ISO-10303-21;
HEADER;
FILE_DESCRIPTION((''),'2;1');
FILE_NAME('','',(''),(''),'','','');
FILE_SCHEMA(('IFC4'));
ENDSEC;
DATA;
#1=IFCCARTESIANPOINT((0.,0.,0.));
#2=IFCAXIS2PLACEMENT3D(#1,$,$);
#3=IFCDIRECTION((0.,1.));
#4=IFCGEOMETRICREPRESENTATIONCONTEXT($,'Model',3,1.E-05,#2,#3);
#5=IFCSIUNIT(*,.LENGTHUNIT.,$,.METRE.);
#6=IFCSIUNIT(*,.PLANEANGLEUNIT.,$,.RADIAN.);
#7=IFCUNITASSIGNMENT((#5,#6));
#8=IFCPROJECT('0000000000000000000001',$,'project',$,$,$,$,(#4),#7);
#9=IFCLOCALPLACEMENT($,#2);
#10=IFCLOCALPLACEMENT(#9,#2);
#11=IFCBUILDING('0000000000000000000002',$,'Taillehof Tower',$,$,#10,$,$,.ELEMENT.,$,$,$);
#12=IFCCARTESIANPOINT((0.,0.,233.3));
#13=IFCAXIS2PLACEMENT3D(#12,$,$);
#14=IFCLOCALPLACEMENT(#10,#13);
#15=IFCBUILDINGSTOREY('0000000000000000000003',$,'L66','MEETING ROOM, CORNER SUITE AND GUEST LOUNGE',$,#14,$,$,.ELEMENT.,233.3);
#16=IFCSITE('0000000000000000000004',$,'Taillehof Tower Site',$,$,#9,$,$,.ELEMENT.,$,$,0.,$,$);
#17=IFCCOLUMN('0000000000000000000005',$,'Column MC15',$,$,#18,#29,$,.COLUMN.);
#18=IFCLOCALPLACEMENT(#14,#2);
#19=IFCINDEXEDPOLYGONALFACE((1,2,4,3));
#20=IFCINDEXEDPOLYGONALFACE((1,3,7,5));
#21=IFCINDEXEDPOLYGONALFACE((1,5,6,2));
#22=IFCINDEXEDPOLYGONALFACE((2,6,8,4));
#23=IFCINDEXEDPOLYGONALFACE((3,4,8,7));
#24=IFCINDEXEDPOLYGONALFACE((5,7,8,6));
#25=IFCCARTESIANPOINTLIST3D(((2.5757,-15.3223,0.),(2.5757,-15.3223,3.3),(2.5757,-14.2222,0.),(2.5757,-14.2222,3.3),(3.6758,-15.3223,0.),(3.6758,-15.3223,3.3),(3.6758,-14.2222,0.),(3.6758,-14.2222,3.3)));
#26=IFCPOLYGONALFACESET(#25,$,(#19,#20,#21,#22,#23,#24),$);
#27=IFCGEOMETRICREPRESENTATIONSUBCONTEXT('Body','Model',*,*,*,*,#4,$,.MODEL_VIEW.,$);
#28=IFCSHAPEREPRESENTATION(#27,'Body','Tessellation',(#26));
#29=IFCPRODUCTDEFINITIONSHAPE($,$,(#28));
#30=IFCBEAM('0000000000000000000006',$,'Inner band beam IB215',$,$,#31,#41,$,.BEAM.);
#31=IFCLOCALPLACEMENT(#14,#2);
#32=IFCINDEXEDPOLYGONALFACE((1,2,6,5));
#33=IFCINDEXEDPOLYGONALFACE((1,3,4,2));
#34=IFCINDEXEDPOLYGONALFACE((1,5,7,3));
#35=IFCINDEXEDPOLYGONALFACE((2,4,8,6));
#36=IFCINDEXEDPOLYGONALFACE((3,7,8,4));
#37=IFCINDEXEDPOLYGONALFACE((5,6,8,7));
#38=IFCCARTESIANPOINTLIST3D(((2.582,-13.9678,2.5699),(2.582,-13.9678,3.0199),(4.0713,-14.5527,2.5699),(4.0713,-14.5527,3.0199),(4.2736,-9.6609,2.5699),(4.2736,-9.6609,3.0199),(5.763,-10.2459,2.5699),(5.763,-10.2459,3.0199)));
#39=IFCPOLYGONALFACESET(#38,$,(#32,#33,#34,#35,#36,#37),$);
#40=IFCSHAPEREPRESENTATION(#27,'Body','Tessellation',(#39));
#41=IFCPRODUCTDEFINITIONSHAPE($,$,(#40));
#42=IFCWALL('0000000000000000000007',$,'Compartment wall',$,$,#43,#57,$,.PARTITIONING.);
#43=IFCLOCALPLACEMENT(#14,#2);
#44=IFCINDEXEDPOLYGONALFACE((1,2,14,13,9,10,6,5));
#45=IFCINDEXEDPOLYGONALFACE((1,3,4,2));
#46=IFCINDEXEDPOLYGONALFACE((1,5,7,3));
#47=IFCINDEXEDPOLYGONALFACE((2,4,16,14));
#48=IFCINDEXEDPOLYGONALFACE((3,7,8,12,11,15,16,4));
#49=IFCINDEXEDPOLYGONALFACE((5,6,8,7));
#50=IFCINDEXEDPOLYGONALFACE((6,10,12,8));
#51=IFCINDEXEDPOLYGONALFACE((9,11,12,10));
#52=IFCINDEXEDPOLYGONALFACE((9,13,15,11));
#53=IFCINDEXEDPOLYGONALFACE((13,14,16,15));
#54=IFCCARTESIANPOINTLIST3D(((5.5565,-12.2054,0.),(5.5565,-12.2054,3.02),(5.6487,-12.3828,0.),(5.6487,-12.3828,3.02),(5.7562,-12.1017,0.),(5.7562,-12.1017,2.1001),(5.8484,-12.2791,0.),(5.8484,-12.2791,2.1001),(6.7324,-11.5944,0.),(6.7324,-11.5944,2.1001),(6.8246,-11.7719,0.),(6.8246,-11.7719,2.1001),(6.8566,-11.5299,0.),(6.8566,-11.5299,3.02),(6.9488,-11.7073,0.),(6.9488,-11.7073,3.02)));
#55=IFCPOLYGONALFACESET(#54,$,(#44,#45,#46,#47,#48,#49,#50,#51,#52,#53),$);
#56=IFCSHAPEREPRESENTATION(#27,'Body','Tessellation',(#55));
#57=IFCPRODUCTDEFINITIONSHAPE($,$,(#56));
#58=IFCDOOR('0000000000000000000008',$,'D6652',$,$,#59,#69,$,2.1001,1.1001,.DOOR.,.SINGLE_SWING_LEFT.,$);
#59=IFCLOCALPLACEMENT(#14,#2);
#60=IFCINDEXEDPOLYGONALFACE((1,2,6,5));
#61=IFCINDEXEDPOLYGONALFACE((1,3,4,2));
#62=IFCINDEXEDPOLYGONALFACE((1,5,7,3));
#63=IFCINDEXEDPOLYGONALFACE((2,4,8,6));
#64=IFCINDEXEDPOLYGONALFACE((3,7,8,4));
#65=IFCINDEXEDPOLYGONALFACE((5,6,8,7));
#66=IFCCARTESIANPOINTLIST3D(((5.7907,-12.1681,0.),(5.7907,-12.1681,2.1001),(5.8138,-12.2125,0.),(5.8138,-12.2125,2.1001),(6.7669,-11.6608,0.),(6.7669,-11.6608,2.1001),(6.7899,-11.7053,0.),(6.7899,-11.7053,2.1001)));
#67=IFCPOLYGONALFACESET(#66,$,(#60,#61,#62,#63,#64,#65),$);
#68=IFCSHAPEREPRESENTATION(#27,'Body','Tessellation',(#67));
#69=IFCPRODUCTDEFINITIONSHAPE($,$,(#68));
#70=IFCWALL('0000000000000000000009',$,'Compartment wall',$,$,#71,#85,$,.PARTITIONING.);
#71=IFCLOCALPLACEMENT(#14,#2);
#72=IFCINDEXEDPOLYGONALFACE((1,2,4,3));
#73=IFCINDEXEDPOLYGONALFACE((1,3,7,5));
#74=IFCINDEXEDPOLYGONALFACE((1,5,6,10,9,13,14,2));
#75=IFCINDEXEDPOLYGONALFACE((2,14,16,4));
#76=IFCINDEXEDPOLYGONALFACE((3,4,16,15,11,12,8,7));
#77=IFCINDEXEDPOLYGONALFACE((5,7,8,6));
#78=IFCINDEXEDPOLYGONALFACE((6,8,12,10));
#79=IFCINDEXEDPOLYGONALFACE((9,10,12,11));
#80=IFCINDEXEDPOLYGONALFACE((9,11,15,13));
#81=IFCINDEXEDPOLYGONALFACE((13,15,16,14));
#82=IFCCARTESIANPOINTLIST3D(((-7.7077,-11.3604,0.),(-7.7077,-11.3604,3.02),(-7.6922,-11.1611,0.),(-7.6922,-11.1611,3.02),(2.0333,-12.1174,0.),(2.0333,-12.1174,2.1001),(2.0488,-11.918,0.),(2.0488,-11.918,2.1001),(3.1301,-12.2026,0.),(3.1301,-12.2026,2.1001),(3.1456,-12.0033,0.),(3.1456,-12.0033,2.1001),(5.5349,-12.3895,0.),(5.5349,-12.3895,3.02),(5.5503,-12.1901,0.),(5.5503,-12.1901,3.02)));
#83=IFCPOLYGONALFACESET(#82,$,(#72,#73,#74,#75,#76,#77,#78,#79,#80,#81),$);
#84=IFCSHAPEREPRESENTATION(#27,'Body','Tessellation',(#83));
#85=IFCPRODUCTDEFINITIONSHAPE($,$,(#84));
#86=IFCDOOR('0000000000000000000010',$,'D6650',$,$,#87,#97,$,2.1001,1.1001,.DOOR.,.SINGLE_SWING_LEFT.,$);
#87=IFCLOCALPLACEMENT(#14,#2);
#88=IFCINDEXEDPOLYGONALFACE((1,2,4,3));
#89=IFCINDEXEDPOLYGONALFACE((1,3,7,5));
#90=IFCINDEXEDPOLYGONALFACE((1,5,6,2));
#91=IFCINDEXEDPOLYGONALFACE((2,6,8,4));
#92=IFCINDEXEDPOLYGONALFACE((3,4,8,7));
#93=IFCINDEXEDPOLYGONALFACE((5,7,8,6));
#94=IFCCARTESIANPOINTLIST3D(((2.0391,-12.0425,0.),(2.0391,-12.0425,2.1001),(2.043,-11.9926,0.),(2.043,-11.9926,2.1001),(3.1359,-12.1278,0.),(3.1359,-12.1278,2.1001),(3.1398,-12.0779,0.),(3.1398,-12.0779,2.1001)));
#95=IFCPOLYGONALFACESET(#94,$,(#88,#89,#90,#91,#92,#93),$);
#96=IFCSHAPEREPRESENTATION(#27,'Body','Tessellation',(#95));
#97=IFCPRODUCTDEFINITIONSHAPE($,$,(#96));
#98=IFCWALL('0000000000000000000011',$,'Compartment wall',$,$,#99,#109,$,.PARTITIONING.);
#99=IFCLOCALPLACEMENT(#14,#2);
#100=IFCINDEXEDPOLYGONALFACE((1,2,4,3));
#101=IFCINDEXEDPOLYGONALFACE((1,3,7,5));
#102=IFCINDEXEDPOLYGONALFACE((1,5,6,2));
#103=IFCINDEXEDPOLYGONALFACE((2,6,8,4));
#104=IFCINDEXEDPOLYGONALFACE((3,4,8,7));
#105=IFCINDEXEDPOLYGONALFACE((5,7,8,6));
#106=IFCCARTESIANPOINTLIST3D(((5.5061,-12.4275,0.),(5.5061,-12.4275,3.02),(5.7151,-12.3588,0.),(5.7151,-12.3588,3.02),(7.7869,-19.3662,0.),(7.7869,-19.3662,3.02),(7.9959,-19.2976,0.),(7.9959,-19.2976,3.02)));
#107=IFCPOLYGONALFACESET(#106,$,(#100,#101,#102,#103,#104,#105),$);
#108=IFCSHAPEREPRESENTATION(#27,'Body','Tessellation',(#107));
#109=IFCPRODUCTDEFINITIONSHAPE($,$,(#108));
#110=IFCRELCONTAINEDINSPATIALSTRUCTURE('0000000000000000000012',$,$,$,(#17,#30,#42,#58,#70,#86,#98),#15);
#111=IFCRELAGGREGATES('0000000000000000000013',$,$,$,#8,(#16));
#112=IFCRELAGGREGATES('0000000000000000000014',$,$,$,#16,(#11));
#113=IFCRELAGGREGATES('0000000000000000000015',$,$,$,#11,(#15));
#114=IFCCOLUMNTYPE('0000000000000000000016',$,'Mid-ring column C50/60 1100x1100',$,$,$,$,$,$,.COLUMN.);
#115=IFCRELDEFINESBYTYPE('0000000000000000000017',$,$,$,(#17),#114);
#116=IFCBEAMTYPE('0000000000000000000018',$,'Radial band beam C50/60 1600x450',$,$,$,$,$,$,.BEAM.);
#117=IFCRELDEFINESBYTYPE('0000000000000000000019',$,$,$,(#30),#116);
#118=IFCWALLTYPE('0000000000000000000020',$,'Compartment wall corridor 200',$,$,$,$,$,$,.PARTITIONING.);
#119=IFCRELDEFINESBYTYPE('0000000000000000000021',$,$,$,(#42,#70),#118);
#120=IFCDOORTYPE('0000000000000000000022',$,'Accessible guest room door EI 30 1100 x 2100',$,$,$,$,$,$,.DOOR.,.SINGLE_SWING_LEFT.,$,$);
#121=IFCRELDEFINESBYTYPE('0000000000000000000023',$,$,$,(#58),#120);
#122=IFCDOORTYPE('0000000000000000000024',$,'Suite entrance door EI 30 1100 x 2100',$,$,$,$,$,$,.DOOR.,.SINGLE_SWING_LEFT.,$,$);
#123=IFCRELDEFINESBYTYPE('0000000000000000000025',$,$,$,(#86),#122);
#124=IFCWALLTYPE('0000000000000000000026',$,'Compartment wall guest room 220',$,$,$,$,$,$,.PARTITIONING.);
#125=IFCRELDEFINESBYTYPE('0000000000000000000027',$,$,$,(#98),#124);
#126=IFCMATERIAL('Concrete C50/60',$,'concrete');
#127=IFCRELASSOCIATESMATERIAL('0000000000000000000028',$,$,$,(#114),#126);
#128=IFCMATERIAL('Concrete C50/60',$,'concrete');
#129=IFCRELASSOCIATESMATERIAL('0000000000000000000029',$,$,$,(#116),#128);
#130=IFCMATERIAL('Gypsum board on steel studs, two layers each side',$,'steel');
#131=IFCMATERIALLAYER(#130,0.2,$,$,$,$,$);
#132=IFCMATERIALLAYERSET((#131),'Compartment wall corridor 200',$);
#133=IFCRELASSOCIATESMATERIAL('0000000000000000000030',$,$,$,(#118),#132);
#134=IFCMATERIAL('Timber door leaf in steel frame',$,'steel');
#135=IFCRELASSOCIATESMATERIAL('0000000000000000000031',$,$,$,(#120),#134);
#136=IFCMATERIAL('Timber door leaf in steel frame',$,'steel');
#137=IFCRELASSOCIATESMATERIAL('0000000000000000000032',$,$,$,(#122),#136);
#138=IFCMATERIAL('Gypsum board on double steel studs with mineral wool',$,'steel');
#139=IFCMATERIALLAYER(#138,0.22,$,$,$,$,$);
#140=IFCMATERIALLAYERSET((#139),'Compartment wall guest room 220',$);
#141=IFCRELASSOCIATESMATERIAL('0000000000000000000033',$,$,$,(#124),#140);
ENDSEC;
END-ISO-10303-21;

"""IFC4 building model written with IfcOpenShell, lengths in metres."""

from ifc_helpers import new_model, si_unit, direction, frame, frame_2d, origin, origin_2d, place, context, subcontext, project, spatial, rectangle, extrude, material, layer, layer_set, material_profile, profile_set, type_object, element, fill, save


model = new_model("IFC4")

# Units and contexts
model_context = context("Model", 3, precision=1e-05, world=origin(), true_north=direction((0.0, 1.0)))
body_context = subcontext(model_context, "Body", "Model", "MODEL_VIEW")
ifc_project = project(units=[si_unit("LENGTHUNIT", "METRE"), si_unit("PLANEANGLEUNIT", "RADIAN")], contexts=[model_context])

# Site, building, storey
site_placement = place(None, origin())
site = spatial("IfcSite", under=ifc_project, at=site_placement, Name="Taillehof Tower Site", CompositionType="ELEMENT", RefElevation=0.0)
building_placement = place(site_placement, origin())
building = spatial("IfcBuilding", under=site, at=building_placement, Name="Taillehof Tower", CompositionType="ELEMENT")
storey_placement = place(building_placement, frame((0.0, 0.0, 233.3)))
storey = spatial("IfcBuildingStorey", under=building, at=storey_placement, Name="L66", Description="MEETING ROOM, CORNER SUITE AND GUEST LOUNGE", CompositionType="ELEMENT", Elevation=233.3)

# Column
ifc_material_1 = material(Name="Concrete C50/60", Category="concrete")
ifc_material_profile_1 = material_profile(ifc_material_1, rectangle(XDim=1.1001, YDim=1.1001, at=origin_2d()), Name="RC 1100x1100")
ifc_profile_set_1 = profile_set([ifc_material_profile_1], Name="Concrete C50/60")
column_type = type_object("IfcColumnType", Name="Mid-ring column C50/60 1100x1100", PredefinedType="COLUMN", material=ifc_profile_set_1)
column_placement = place(storey_placement, frame((3.1257, -14.7722, 0.0), z_axis=(0.0, 0.0, 1.0), x_axis=(1.0, 0.0, 0.0)))
element("IfcColumn", 1, at=column_placement, inside=storey, type_object=column_type, Name="Column MC15", PredefinedType="COLUMN", context=body_context, shape_type="SweptSolid", body=[
    extrude(rectangle(XDim=1.1001, YDim=1.1001, at=origin_2d()), origin(), (0.0, 0.0, 1.0), 3.3),
])

# Beam
ifc_material_2 = material(Name="Concrete C50/60", Category="concrete")
ifc_material_profile_2 = material_profile(ifc_material_2, rectangle(XDim=1.6001, YDim=0.45, at=origin_2d()), Name="RC 1600x450")
ifc_profile_set_2 = profile_set([ifc_material_profile_2], Name="Concrete C50/60")
beam_type = type_object("IfcBeamType", Name="Radial band beam C50/60 1600x450", PredefinedType="BEAM", material=ifc_profile_set_2)
beam_placement = place(storey_placement, frame((3.3267, -14.2603, 2.7949), z_axis=(0.365589, 0.930777, 0.0), x_axis=(-0.930777, 0.365589, 0.0)))
element("IfcBeam", 2, at=beam_placement, inside=storey, type_object=beam_type, Name="Inner band beam IB215", PredefinedType="BEAM", context=body_context, shape_type="SweptSolid", body=[
    extrude(rectangle(XDim=1.6001, YDim=0.45, at=origin_2d()), origin(), (0.0, 0.0, 1.0), 4.6272),
])

# Walls, openings, doors
ifc_material_3 = material(Name="Gypsum board on steel studs, two layers each side", Category="steel")
ifc_layer_1 = layer(ifc_material_3, 0.2)
ifc_layer_set_1 = layer_set([ifc_layer_1], Name="Compartment wall corridor 200")
wall_type_1 = type_object("IfcWallType", Name="Compartment wall corridor 200", PredefinedType="PARTITIONING", material=ifc_layer_set_1)
wall_1_placement = place(storey_placement, frame((6.9026, -11.6187, 0.0), z_axis=(0.0, 0.0, 1.0), x_axis=(-0.887353, -0.46109, 0.0)))
wall_1 = element("IfcWall", 3, at=wall_1_placement, inside=storey, type_object=wall_type_1, Name="Compartment wall", PredefinedType="PARTITIONING", context=body_context, shape_type="SweptSolid", body=[
    extrude(rectangle(XDim=1.4651, YDim=0.2, at=frame_2d((0.7324, 0.0))), origin(), (0.0, 0.0, 1.0), 3.02),
])
opening_1_placement = place(wall_1_placement, frame((0.1399, 0.0, 0.0)))
opening_1 = element("IfcOpeningElement", 4, at=opening_1_placement, cuts=wall_1, PredefinedType="OPENING", context=body_context, shape_type="SweptSolid", body=[
    extrude(rectangle(XDim=1.1001, YDim=2.1001, at=frame_2d((0.55, 1.05))), frame((0.0, 0.1099, 0.0), z_axis=(0.0, -1.0, 0.0), x_axis=(1.0, 0.0, 0.0)), (0.0, 0.0, 1.0), 0.22),
])
ifc_material_4 = material(Name="Timber door leaf in steel frame", Category="steel")
door_type_1 = type_object("IfcDoorType", Name="Accessible guest room door EI 30 1100 x 2100", OperationType="SINGLE_SWING_LEFT", PredefinedType="DOOR", material=ifc_material_4)
door_1_placement = place(opening_1_placement, origin())
door_1 = element("IfcDoor", 5, at=door_1_placement, inside=storey, type_object=door_type_1, Name="D6652", OperationType="SINGLE_SWING_LEFT", OverallHeight=2.1001, OverallWidth=1.1001, PredefinedType="DOOR", context=body_context, shape_type="SweptSolid", body=[
    extrude(rectangle(XDim=1.1001, YDim=2.1001, at=frame_2d((0.55, 1.05))), frame((0.0, 0.0249, 0.0), z_axis=(0.0, -1.0, 0.0), x_axis=(1.0, 0.0, 0.0)), (0.0, 0.0, 1.0), 0.05),
])
fill(opening_1, door_1)
wall_2_placement = place(storey_placement, frame((5.5425, -12.2898, 0.0), z_axis=(0.0, 0.0, 1.0), x_axis=(-0.996994, 0.077475, 0.0)))
wall_2 = element("IfcWall", 6, at=wall_2_placement, inside=storey, type_object=wall_type_1, Name="Compartment wall", PredefinedType="PARTITIONING", context=body_context, shape_type="SweptSolid", body=[
    extrude(rectangle(XDim=13.2825, YDim=0.2, at=frame_2d((6.6411, 0.0))), origin(), (0.0, 0.0, 1.0), 3.02),
])
opening_2_placement = place(wall_2_placement, frame((2.4119, 0.0, 0.0)))
opening_2 = element("IfcOpeningElement", 7, at=opening_2_placement, cuts=wall_2, PredefinedType="OPENING", context=body_context, shape_type="SweptSolid", body=[
    extrude(rectangle(XDim=1.1001, YDim=2.1001, at=frame_2d((0.55, 1.05))), frame((0.0, 0.1099, 0.0), z_axis=(0.0, -1.0, 0.0), x_axis=(1.0, 0.0, 0.0)), (0.0, 0.0, 1.0), 0.22),
])
ifc_material_5 = material(Name="Timber door leaf in steel frame", Category="steel")
door_type_2 = type_object("IfcDoorType", Name="Suite entrance door EI 30 1100 x 2100", OperationType="SINGLE_SWING_LEFT", PredefinedType="DOOR", material=ifc_material_5)
door_2_placement = place(opening_2_placement, origin())
door_2 = element("IfcDoor", 8, at=door_2_placement, inside=storey, type_object=door_type_2, Name="D6650", OperationType="SINGLE_SWING_LEFT", OverallHeight=2.1001, OverallWidth=1.1001, PredefinedType="DOOR", context=body_context, shape_type="SweptSolid", body=[
    extrude(rectangle(XDim=1.1001, YDim=2.1001, at=frame_2d((0.55, 1.05))), frame((0.0, 0.0249, 0.0), z_axis=(0.0, -1.0, 0.0), x_axis=(1.0, 0.0, 0.0)), (0.0, 0.0, 1.0), 0.05),
])
fill(opening_2, door_2)

# Wall
ifc_material_6 = material(Name="Gypsum board on double steel studs with mineral wool", Category="steel")
ifc_layer_2 = layer(ifc_material_6, 0.22)
ifc_layer_set_2 = layer_set([ifc_layer_2], Name="Compartment wall guest room 220")
wall_type_2 = type_object("IfcWallType", Name="Compartment wall guest room 220", PredefinedType="PARTITIONING", material=ifc_layer_set_2)
wall_3_placement = place(storey_placement, frame((7.8914, -19.3318, 0.0), z_axis=(0.0, 0.0, 1.0), x_axis=(-0.312264, 0.949995, 0.0)))
element("IfcWall", 9, at=wall_3_placement, inside=storey, type_object=wall_type_2, Name="Compartment wall", PredefinedType="PARTITIONING", context=body_context, shape_type="SweptSolid", body=[
    extrude(rectangle(XDim=7.304, YDim=0.22, at=frame_2d((3.6519, 0.0))), origin(), (0.0, 0.0, 1.0), 3.02),
])

save(model, "model.ifc")
